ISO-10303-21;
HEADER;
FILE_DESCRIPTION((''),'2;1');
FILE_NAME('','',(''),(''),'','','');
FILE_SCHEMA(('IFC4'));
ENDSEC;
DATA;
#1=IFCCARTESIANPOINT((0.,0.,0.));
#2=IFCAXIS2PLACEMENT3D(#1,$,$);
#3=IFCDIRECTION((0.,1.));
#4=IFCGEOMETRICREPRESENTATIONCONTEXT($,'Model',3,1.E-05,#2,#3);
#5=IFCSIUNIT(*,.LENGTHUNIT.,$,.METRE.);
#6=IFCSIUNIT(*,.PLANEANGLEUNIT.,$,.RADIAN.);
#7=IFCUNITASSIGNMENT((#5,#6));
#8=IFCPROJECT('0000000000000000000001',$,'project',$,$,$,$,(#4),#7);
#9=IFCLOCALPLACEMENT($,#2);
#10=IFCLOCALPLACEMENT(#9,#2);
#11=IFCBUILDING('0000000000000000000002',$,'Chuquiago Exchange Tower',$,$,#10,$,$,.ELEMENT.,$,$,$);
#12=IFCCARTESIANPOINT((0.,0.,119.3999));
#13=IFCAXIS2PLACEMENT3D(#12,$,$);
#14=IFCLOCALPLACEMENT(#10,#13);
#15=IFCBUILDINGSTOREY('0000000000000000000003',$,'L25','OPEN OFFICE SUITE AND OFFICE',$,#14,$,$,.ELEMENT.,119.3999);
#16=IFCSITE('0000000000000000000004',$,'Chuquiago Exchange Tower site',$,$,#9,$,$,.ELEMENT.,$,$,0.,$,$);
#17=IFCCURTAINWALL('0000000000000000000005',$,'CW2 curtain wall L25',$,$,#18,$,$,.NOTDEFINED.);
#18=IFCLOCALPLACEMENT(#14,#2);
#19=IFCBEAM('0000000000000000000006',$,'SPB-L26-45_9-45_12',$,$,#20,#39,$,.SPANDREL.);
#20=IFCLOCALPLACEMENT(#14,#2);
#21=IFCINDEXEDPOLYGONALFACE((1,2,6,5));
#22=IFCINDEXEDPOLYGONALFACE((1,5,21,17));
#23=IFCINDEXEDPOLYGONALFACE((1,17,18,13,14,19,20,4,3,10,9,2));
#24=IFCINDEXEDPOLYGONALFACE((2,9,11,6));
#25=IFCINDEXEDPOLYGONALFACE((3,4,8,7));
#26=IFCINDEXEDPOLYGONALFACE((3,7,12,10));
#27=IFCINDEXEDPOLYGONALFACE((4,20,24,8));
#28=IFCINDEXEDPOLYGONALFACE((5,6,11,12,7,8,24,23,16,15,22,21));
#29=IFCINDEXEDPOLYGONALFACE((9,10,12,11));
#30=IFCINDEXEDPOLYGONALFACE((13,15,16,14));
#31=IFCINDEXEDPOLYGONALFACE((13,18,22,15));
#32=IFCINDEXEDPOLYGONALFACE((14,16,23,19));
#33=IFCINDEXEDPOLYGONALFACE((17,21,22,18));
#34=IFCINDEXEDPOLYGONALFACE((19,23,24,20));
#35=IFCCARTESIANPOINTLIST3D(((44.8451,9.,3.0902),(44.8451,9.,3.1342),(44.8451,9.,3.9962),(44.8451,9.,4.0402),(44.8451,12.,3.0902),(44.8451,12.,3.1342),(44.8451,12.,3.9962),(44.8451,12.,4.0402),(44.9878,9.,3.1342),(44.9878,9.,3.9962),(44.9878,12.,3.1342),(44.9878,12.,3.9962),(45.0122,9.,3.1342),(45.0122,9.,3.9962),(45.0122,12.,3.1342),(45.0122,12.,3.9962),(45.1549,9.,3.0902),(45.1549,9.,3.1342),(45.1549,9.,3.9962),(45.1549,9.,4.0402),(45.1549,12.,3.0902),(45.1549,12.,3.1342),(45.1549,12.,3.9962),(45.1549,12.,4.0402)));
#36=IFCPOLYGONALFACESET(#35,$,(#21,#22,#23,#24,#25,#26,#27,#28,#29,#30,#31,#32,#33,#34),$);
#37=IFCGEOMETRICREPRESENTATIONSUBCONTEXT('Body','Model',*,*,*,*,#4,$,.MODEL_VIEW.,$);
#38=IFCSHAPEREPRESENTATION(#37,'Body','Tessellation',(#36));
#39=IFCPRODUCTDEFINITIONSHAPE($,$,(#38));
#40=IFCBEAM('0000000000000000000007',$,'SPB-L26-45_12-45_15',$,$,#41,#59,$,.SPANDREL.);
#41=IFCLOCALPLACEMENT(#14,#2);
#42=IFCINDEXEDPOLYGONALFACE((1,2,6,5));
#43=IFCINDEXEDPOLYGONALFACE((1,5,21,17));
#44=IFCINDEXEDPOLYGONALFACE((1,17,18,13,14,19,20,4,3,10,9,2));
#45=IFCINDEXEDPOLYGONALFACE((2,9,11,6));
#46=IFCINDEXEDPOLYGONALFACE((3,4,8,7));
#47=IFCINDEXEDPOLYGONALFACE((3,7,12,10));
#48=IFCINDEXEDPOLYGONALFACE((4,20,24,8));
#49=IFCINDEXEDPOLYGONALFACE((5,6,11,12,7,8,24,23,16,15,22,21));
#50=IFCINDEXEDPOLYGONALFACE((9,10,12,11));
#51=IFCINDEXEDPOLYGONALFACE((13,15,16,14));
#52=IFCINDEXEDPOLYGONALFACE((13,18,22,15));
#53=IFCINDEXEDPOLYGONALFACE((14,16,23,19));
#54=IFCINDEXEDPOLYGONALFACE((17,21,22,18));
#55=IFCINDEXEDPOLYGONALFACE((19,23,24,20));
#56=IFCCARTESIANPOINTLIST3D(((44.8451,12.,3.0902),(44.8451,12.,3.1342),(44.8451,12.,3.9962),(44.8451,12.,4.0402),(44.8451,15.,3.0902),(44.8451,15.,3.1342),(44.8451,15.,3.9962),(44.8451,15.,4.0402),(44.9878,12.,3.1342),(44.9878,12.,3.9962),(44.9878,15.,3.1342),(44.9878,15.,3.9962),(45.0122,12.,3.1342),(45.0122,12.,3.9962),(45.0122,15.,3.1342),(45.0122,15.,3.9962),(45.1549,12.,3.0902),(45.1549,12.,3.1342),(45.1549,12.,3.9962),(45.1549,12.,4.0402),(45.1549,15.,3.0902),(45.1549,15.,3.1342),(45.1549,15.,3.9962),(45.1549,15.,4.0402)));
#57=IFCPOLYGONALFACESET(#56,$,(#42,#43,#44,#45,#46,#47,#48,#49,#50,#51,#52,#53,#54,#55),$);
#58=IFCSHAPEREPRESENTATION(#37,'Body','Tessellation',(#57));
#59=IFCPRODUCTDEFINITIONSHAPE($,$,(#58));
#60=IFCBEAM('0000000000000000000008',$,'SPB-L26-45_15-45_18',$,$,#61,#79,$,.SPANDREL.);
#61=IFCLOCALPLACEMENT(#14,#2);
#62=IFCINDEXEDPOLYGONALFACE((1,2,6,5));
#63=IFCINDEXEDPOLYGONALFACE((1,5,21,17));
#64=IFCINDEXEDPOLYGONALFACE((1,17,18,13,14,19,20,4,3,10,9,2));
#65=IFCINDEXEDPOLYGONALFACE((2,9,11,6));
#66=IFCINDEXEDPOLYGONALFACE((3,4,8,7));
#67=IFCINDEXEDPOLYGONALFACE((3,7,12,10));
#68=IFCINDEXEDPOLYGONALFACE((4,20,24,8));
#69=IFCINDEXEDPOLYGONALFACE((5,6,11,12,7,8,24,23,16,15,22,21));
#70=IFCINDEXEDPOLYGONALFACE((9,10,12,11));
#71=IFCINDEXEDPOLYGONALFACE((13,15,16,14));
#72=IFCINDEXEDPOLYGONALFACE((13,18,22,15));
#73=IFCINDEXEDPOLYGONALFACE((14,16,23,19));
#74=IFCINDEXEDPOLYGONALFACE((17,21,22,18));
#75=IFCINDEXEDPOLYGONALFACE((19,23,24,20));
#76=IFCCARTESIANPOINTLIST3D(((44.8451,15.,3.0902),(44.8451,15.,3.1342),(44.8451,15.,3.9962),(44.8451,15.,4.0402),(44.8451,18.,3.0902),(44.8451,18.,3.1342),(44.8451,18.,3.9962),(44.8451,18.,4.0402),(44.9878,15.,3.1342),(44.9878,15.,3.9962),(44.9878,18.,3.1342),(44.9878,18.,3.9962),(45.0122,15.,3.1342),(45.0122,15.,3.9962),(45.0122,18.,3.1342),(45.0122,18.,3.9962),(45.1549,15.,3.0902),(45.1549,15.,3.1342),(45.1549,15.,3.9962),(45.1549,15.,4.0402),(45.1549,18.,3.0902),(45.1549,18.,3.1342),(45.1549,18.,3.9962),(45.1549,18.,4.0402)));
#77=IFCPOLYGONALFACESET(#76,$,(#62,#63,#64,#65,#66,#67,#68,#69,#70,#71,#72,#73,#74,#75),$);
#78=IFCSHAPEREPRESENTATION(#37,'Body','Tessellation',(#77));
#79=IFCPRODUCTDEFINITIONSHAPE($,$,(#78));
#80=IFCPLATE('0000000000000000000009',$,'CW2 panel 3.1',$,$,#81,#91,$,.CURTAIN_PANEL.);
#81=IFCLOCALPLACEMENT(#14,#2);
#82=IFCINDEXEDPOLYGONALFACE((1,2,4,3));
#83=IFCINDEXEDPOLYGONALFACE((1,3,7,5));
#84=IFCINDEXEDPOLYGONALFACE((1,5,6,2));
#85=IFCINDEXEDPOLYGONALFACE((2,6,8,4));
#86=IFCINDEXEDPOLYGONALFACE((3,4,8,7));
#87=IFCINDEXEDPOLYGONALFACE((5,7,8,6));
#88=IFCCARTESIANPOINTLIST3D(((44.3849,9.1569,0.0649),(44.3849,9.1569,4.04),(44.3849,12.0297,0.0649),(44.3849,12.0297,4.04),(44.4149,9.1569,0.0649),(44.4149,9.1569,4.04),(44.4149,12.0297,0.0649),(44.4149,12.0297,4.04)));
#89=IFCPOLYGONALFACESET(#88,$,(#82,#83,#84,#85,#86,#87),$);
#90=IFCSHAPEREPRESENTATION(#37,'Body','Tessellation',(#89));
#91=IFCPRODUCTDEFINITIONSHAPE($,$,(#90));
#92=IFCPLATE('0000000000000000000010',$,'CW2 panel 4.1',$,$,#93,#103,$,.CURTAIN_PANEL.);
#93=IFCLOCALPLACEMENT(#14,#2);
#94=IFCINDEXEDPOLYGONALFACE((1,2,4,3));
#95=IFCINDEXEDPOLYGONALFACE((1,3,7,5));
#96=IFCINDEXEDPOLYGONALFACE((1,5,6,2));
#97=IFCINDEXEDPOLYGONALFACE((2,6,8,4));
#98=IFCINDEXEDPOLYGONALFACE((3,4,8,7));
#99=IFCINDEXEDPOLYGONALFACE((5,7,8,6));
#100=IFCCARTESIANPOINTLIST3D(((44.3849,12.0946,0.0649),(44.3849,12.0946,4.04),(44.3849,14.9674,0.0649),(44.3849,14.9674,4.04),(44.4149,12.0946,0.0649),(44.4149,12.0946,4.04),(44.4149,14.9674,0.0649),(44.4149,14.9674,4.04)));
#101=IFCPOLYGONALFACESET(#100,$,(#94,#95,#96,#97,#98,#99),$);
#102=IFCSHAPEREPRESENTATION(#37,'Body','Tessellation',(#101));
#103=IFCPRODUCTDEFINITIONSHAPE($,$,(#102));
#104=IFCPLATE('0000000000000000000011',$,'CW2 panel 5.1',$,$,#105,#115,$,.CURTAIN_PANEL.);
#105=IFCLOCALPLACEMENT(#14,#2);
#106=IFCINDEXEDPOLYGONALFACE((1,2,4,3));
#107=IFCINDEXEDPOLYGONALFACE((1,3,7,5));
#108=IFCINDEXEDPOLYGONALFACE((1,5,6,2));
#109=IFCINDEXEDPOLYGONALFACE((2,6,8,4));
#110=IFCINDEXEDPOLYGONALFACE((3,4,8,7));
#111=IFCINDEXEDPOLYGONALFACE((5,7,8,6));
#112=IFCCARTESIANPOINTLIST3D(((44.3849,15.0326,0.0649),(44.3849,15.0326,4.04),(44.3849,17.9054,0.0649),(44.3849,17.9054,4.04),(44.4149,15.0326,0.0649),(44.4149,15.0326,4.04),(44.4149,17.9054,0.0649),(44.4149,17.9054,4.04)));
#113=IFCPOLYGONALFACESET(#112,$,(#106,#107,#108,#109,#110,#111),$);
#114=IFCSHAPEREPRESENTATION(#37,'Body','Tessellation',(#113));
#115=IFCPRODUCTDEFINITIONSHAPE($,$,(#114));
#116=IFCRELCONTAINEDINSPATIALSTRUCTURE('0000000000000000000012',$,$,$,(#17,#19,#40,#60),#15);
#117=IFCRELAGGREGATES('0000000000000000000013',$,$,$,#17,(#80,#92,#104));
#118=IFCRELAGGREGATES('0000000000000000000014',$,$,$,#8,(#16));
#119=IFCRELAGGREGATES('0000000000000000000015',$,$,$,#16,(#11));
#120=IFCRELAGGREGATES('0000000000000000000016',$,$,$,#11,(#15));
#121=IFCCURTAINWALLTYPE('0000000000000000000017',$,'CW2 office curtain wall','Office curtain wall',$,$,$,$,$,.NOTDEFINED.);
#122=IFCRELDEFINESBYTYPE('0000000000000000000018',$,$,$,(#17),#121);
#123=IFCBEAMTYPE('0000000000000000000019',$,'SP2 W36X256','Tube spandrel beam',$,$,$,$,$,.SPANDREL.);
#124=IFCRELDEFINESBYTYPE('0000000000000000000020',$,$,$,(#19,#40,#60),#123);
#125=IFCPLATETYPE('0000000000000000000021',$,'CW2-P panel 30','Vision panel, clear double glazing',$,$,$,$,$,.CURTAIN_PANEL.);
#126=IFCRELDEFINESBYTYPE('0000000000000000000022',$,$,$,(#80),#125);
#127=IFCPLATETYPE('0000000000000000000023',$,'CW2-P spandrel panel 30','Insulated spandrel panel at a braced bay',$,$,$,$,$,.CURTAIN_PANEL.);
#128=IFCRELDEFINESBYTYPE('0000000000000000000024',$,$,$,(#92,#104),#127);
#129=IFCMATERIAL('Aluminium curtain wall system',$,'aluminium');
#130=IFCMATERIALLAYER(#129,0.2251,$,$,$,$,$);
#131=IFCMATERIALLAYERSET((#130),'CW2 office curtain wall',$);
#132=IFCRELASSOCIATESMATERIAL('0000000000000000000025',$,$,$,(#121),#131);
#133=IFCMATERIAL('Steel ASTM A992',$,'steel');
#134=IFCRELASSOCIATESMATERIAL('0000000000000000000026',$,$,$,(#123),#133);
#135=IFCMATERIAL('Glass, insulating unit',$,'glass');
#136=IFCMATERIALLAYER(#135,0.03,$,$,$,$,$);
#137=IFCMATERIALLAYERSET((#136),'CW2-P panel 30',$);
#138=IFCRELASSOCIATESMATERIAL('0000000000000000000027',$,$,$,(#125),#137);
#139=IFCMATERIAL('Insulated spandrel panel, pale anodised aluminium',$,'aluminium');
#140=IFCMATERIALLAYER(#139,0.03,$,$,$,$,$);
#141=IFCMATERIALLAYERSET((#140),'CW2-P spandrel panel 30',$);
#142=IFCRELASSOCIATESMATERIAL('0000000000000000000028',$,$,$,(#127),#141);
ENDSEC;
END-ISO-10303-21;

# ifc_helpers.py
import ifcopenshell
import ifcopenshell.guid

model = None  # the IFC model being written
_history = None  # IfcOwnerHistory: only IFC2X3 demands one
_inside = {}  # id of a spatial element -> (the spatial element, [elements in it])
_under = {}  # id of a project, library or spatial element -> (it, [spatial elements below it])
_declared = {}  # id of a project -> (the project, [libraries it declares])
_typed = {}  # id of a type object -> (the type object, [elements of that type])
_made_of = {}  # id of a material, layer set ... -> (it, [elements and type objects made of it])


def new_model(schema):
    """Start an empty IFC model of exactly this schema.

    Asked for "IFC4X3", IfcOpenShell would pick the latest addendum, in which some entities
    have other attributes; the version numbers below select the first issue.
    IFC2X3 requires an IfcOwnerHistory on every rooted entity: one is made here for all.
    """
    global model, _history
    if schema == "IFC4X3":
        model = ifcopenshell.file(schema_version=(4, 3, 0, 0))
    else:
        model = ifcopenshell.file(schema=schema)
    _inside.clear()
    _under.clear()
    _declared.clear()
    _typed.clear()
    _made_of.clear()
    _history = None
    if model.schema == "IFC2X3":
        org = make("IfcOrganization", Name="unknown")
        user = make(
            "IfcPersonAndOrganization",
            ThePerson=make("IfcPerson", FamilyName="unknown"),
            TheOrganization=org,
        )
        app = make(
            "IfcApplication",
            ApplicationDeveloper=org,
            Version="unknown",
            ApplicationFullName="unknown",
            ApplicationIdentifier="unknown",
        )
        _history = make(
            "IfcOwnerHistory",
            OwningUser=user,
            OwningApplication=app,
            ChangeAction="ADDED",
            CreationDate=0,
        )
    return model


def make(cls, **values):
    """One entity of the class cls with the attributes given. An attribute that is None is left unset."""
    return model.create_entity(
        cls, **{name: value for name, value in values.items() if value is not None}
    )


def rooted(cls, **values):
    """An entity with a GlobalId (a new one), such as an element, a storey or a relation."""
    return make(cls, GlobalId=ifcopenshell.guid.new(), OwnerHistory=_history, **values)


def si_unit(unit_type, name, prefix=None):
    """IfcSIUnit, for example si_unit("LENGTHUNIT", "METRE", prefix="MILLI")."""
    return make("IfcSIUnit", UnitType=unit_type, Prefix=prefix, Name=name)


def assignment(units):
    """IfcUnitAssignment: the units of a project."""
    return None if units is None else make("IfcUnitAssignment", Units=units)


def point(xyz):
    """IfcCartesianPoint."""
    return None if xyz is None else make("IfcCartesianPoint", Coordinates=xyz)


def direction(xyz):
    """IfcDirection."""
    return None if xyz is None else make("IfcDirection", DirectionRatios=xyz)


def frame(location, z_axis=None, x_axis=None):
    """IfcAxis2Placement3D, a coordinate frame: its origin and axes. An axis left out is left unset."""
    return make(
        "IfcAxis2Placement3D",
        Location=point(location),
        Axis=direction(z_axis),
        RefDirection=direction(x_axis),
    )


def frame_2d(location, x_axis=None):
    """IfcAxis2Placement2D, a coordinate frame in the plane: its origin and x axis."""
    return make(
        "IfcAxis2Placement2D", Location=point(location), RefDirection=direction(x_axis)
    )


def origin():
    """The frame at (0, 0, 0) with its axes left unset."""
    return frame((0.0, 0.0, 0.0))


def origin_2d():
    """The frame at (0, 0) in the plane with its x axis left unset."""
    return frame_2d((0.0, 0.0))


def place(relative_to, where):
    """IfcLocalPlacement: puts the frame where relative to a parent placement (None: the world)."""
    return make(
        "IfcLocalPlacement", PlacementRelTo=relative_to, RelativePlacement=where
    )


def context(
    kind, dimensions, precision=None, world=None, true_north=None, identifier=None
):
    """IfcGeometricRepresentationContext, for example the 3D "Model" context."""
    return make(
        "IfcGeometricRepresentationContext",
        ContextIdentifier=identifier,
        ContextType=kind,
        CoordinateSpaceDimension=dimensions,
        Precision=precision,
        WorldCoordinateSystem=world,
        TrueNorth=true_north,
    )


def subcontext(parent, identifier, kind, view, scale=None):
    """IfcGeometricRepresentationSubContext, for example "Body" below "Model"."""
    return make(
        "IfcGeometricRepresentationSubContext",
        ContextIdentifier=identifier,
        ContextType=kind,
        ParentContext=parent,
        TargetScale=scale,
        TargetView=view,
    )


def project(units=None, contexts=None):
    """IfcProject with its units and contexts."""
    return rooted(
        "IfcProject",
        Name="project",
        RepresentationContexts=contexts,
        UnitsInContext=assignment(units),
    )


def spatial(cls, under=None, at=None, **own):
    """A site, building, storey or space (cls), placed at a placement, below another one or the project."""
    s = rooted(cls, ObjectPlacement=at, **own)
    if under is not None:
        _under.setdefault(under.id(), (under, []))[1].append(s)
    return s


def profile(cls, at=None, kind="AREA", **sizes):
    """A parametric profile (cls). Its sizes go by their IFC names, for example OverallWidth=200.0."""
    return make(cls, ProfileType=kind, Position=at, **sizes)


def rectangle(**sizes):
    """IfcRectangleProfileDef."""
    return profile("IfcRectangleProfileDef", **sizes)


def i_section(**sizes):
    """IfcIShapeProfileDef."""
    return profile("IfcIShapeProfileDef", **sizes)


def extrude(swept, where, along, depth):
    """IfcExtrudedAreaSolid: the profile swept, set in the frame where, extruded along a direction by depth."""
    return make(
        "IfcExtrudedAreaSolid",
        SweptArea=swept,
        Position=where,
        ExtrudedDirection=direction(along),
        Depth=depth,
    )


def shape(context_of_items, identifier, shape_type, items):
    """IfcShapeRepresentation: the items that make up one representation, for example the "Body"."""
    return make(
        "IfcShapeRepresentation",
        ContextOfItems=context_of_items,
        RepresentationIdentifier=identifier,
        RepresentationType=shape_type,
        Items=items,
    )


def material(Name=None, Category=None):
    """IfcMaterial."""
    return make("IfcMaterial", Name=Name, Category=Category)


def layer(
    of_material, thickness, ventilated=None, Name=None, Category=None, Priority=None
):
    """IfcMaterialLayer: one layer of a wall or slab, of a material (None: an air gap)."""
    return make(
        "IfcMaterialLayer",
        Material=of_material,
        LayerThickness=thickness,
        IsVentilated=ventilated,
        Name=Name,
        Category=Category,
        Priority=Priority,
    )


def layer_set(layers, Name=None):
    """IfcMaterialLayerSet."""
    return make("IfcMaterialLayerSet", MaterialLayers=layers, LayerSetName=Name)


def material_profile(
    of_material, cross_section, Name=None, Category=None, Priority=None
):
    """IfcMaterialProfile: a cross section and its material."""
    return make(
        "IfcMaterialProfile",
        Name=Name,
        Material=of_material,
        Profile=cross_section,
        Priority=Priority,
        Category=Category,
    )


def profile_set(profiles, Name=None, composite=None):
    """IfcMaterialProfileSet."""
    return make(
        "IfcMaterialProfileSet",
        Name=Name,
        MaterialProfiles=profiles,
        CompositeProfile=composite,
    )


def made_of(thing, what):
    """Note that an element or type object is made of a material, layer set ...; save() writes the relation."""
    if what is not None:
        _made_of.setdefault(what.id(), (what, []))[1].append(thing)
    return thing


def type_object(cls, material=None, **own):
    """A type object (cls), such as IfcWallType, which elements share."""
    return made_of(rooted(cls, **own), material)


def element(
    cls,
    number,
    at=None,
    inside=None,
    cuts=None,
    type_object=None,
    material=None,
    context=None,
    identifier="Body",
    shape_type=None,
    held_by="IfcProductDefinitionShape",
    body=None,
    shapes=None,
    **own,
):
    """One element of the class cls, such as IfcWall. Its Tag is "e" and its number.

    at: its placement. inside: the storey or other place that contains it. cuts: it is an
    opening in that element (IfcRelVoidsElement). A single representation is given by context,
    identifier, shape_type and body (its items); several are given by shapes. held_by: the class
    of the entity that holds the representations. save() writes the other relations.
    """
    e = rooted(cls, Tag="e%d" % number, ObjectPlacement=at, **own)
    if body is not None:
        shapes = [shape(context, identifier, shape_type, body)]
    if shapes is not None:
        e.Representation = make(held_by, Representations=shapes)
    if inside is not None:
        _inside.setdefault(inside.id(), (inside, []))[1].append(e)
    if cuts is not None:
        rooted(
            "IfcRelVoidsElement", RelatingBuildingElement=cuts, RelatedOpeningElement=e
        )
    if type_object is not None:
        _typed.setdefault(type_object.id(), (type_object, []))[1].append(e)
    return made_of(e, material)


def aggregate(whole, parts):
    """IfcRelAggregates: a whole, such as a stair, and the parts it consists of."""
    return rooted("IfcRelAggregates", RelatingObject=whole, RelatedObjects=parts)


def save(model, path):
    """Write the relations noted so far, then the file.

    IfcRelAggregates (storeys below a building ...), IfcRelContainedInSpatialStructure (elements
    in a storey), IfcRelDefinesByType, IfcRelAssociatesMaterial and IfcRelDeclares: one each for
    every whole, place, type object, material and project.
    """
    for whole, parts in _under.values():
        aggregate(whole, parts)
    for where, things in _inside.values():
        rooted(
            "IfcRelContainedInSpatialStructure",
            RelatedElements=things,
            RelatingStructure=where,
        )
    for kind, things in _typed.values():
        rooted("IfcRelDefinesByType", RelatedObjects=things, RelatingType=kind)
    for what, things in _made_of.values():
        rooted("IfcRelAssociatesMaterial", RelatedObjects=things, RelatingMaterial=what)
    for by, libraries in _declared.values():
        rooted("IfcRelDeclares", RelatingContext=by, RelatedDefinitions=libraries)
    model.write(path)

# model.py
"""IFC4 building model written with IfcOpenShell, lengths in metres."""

from ifc_helpers import new_model, si_unit, direction, frame, origin, origin_2d, place, context, subcontext, project, spatial, rectangle, i_section, extrude, material, layer, layer_set, material_profile, profile_set, type_object, element, aggregate, save


model = new_model("IFC4")

# Units and contexts
model_context = context("Model", 3, precision=1e-05, world=origin(), true_north=direction((0.0, 1.0)))
body_context = subcontext(model_context, "Body", "Model", "MODEL_VIEW")
ifc_project = project(units=[si_unit("LENGTHUNIT", "METRE"), si_unit("PLANEANGLEUNIT", "RADIAN")], contexts=[model_context])

# Site, building, storey
site_placement = place(None, origin())
site = spatial("IfcSite", under=ifc_project, at=site_placement, Name="Chuquiago Exchange Tower site", CompositionType="ELEMENT", RefElevation=0.0)
building_placement = place(site_placement, origin())
building = spatial("IfcBuilding", under=site, at=building_placement, Name="Chuquiago Exchange Tower", CompositionType="ELEMENT")
storey_placement = place(building_placement, frame((0.0, 0.0, 119.3999)))
storey = spatial("IfcBuildingStorey", under=building, at=storey_placement, Name="L25", Description="OPEN OFFICE SUITE AND OFFICE", CompositionType="ELEMENT", Elevation=119.3999)

# Curtain wall
ifc_material_1 = material(Name="Aluminium curtain wall system", Category="aluminium")
ifc_layer_1 = layer(ifc_material_1, 0.2251)
ifc_layer_set_1 = layer_set([ifc_layer_1], Name="CW2 office curtain wall")
curtain_wall_type = type_object("IfcCurtainWallType", Name="CW2 office curtain wall", Description="Office curtain wall", PredefinedType="NOTDEFINED", material=ifc_layer_set_1)
curtain_wall_placement = place(storey_placement, origin())
curtain_wall = element("IfcCurtainWall", 1, at=curtain_wall_placement, inside=storey, type_object=curtain_wall_type, Name="CW2 curtain wall L25", PredefinedType="NOTDEFINED")

# Beams
ifc_material_2 = material(Name="Steel ASTM A992", Category="steel")
ifc_material_profile_1 = material_profile(ifc_material_2, i_section(OverallWidth=0.3098, OverallDepth=0.95, WebThickness=0.0244, FlangeThickness=0.0439, at=origin_2d()), Name="W36X256")
ifc_profile_set_1 = profile_set([ifc_material_profile_1], Name="Steel ASTM A992")
beam_type = type_object("IfcBeamType", Name="SP2 W36X256", Description="Tube spandrel beam", PredefinedType="SPANDREL", material=ifc_profile_set_1)
for number, where, z_axis, x_axis, name in (
    (2, (45.0, 9.0, 3.5652), (0.0, 1.0, 0.0), (-1.0, 0.0, 0.0), "SPB-L26-45_9-45_12"),
    (3, (45.0, 12.0, 3.5652), (0.0, 1.0, 0.0), (-1.0, 0.0, 0.0), "SPB-L26-45_12-45_15"),
    (4, (45.0, 15.0, 3.5652), (0.0, 1.0, 0.0), (-1.0, 0.0, 0.0), "SPB-L26-45_15-45_18"),
):
    element("IfcBeam", number, at=place(storey_placement, frame(where, z_axis=z_axis, x_axis=x_axis)), inside=storey, type_object=beam_type, Name=name, PredefinedType="SPANDREL", context=body_context, shape_type="SweptSolid", body=[
        extrude(i_section(OverallWidth=0.3098, OverallDepth=0.95, WebThickness=0.0244, FlangeThickness=0.0439, at=origin_2d()), origin(), (0.0, 0.0, 1.0), 3.0),
    ])

# Plates
ifc_material_3 = material(Name="Glass, insulating unit", Category="glass")
ifc_layer_2 = layer(ifc_material_3, 0.03)
ifc_layer_set_2 = layer_set([ifc_layer_2], Name="CW2-P panel 30")
plate_type_1 = type_object("IfcPlateType", Name="CW2-P panel 30", Description="Vision panel, clear double glazing", PredefinedType="CURTAIN_PANEL", material=ifc_layer_set_2)
plate_1_placement = place(storey_placement, frame((44.3999, 10.5933, 0.0649), z_axis=(0.0, 0.0, 1.0), x_axis=(0.0, 1.0, 0.0)))
plate_1 = element("IfcPlate", 5, at=plate_1_placement, type_object=plate_type_1, Name="CW2 panel 3.1", PredefinedType="CURTAIN_PANEL", context=body_context, shape_type="SweptSolid", body=[
    extrude(rectangle(XDim=2.8728, YDim=0.03, at=origin_2d()), origin(), (0.0, 0.0, 1.0), 3.9751),
])
ifc_material_4 = material(Name="Insulated spandrel panel, pale anodised aluminium", Category="aluminium")
ifc_layer_3 = layer(ifc_material_4, 0.03)
ifc_layer_set_3 = layer_set([ifc_layer_3], Name="CW2-P spandrel panel 30")
plate_type_2 = type_object("IfcPlateType", Name="CW2-P spandrel panel 30", Description="Insulated spandrel panel at a braced bay", PredefinedType="CURTAIN_PANEL", material=ifc_layer_set_3)
plate_2_placement = place(storey_placement, frame((44.3999, 13.531, 0.0649), z_axis=(0.0, 0.0, 1.0), x_axis=(0.0, 1.0, 0.0)))
plate_2 = element("IfcPlate", 6, at=plate_2_placement, type_object=plate_type_2, Name="CW2 panel 4.1", PredefinedType="CURTAIN_PANEL", context=body_context, shape_type="SweptSolid", body=[
    extrude(rectangle(XDim=2.8728, YDim=0.03, at=origin_2d()), origin(), (0.0, 0.0, 1.0), 3.9751),
])
plate_3_placement = place(storey_placement, frame((44.3999, 16.469, 0.0649), z_axis=(0.0, 0.0, 1.0), x_axis=(0.0, 1.0, 0.0)))
plate_3 = element("IfcPlate", 7, at=plate_3_placement, type_object=plate_type_2, Name="CW2 panel 5.1", PredefinedType="CURTAIN_PANEL", context=body_context, shape_type="SweptSolid", body=[
    extrude(rectangle(XDim=2.8728, YDim=0.03, at=origin_2d()), origin(), (0.0, 0.0, 1.0), 3.9751),
])
aggregate(curtain_wall, [plate_1, plate_2, plate_3])

save(model, "model.ifc")
